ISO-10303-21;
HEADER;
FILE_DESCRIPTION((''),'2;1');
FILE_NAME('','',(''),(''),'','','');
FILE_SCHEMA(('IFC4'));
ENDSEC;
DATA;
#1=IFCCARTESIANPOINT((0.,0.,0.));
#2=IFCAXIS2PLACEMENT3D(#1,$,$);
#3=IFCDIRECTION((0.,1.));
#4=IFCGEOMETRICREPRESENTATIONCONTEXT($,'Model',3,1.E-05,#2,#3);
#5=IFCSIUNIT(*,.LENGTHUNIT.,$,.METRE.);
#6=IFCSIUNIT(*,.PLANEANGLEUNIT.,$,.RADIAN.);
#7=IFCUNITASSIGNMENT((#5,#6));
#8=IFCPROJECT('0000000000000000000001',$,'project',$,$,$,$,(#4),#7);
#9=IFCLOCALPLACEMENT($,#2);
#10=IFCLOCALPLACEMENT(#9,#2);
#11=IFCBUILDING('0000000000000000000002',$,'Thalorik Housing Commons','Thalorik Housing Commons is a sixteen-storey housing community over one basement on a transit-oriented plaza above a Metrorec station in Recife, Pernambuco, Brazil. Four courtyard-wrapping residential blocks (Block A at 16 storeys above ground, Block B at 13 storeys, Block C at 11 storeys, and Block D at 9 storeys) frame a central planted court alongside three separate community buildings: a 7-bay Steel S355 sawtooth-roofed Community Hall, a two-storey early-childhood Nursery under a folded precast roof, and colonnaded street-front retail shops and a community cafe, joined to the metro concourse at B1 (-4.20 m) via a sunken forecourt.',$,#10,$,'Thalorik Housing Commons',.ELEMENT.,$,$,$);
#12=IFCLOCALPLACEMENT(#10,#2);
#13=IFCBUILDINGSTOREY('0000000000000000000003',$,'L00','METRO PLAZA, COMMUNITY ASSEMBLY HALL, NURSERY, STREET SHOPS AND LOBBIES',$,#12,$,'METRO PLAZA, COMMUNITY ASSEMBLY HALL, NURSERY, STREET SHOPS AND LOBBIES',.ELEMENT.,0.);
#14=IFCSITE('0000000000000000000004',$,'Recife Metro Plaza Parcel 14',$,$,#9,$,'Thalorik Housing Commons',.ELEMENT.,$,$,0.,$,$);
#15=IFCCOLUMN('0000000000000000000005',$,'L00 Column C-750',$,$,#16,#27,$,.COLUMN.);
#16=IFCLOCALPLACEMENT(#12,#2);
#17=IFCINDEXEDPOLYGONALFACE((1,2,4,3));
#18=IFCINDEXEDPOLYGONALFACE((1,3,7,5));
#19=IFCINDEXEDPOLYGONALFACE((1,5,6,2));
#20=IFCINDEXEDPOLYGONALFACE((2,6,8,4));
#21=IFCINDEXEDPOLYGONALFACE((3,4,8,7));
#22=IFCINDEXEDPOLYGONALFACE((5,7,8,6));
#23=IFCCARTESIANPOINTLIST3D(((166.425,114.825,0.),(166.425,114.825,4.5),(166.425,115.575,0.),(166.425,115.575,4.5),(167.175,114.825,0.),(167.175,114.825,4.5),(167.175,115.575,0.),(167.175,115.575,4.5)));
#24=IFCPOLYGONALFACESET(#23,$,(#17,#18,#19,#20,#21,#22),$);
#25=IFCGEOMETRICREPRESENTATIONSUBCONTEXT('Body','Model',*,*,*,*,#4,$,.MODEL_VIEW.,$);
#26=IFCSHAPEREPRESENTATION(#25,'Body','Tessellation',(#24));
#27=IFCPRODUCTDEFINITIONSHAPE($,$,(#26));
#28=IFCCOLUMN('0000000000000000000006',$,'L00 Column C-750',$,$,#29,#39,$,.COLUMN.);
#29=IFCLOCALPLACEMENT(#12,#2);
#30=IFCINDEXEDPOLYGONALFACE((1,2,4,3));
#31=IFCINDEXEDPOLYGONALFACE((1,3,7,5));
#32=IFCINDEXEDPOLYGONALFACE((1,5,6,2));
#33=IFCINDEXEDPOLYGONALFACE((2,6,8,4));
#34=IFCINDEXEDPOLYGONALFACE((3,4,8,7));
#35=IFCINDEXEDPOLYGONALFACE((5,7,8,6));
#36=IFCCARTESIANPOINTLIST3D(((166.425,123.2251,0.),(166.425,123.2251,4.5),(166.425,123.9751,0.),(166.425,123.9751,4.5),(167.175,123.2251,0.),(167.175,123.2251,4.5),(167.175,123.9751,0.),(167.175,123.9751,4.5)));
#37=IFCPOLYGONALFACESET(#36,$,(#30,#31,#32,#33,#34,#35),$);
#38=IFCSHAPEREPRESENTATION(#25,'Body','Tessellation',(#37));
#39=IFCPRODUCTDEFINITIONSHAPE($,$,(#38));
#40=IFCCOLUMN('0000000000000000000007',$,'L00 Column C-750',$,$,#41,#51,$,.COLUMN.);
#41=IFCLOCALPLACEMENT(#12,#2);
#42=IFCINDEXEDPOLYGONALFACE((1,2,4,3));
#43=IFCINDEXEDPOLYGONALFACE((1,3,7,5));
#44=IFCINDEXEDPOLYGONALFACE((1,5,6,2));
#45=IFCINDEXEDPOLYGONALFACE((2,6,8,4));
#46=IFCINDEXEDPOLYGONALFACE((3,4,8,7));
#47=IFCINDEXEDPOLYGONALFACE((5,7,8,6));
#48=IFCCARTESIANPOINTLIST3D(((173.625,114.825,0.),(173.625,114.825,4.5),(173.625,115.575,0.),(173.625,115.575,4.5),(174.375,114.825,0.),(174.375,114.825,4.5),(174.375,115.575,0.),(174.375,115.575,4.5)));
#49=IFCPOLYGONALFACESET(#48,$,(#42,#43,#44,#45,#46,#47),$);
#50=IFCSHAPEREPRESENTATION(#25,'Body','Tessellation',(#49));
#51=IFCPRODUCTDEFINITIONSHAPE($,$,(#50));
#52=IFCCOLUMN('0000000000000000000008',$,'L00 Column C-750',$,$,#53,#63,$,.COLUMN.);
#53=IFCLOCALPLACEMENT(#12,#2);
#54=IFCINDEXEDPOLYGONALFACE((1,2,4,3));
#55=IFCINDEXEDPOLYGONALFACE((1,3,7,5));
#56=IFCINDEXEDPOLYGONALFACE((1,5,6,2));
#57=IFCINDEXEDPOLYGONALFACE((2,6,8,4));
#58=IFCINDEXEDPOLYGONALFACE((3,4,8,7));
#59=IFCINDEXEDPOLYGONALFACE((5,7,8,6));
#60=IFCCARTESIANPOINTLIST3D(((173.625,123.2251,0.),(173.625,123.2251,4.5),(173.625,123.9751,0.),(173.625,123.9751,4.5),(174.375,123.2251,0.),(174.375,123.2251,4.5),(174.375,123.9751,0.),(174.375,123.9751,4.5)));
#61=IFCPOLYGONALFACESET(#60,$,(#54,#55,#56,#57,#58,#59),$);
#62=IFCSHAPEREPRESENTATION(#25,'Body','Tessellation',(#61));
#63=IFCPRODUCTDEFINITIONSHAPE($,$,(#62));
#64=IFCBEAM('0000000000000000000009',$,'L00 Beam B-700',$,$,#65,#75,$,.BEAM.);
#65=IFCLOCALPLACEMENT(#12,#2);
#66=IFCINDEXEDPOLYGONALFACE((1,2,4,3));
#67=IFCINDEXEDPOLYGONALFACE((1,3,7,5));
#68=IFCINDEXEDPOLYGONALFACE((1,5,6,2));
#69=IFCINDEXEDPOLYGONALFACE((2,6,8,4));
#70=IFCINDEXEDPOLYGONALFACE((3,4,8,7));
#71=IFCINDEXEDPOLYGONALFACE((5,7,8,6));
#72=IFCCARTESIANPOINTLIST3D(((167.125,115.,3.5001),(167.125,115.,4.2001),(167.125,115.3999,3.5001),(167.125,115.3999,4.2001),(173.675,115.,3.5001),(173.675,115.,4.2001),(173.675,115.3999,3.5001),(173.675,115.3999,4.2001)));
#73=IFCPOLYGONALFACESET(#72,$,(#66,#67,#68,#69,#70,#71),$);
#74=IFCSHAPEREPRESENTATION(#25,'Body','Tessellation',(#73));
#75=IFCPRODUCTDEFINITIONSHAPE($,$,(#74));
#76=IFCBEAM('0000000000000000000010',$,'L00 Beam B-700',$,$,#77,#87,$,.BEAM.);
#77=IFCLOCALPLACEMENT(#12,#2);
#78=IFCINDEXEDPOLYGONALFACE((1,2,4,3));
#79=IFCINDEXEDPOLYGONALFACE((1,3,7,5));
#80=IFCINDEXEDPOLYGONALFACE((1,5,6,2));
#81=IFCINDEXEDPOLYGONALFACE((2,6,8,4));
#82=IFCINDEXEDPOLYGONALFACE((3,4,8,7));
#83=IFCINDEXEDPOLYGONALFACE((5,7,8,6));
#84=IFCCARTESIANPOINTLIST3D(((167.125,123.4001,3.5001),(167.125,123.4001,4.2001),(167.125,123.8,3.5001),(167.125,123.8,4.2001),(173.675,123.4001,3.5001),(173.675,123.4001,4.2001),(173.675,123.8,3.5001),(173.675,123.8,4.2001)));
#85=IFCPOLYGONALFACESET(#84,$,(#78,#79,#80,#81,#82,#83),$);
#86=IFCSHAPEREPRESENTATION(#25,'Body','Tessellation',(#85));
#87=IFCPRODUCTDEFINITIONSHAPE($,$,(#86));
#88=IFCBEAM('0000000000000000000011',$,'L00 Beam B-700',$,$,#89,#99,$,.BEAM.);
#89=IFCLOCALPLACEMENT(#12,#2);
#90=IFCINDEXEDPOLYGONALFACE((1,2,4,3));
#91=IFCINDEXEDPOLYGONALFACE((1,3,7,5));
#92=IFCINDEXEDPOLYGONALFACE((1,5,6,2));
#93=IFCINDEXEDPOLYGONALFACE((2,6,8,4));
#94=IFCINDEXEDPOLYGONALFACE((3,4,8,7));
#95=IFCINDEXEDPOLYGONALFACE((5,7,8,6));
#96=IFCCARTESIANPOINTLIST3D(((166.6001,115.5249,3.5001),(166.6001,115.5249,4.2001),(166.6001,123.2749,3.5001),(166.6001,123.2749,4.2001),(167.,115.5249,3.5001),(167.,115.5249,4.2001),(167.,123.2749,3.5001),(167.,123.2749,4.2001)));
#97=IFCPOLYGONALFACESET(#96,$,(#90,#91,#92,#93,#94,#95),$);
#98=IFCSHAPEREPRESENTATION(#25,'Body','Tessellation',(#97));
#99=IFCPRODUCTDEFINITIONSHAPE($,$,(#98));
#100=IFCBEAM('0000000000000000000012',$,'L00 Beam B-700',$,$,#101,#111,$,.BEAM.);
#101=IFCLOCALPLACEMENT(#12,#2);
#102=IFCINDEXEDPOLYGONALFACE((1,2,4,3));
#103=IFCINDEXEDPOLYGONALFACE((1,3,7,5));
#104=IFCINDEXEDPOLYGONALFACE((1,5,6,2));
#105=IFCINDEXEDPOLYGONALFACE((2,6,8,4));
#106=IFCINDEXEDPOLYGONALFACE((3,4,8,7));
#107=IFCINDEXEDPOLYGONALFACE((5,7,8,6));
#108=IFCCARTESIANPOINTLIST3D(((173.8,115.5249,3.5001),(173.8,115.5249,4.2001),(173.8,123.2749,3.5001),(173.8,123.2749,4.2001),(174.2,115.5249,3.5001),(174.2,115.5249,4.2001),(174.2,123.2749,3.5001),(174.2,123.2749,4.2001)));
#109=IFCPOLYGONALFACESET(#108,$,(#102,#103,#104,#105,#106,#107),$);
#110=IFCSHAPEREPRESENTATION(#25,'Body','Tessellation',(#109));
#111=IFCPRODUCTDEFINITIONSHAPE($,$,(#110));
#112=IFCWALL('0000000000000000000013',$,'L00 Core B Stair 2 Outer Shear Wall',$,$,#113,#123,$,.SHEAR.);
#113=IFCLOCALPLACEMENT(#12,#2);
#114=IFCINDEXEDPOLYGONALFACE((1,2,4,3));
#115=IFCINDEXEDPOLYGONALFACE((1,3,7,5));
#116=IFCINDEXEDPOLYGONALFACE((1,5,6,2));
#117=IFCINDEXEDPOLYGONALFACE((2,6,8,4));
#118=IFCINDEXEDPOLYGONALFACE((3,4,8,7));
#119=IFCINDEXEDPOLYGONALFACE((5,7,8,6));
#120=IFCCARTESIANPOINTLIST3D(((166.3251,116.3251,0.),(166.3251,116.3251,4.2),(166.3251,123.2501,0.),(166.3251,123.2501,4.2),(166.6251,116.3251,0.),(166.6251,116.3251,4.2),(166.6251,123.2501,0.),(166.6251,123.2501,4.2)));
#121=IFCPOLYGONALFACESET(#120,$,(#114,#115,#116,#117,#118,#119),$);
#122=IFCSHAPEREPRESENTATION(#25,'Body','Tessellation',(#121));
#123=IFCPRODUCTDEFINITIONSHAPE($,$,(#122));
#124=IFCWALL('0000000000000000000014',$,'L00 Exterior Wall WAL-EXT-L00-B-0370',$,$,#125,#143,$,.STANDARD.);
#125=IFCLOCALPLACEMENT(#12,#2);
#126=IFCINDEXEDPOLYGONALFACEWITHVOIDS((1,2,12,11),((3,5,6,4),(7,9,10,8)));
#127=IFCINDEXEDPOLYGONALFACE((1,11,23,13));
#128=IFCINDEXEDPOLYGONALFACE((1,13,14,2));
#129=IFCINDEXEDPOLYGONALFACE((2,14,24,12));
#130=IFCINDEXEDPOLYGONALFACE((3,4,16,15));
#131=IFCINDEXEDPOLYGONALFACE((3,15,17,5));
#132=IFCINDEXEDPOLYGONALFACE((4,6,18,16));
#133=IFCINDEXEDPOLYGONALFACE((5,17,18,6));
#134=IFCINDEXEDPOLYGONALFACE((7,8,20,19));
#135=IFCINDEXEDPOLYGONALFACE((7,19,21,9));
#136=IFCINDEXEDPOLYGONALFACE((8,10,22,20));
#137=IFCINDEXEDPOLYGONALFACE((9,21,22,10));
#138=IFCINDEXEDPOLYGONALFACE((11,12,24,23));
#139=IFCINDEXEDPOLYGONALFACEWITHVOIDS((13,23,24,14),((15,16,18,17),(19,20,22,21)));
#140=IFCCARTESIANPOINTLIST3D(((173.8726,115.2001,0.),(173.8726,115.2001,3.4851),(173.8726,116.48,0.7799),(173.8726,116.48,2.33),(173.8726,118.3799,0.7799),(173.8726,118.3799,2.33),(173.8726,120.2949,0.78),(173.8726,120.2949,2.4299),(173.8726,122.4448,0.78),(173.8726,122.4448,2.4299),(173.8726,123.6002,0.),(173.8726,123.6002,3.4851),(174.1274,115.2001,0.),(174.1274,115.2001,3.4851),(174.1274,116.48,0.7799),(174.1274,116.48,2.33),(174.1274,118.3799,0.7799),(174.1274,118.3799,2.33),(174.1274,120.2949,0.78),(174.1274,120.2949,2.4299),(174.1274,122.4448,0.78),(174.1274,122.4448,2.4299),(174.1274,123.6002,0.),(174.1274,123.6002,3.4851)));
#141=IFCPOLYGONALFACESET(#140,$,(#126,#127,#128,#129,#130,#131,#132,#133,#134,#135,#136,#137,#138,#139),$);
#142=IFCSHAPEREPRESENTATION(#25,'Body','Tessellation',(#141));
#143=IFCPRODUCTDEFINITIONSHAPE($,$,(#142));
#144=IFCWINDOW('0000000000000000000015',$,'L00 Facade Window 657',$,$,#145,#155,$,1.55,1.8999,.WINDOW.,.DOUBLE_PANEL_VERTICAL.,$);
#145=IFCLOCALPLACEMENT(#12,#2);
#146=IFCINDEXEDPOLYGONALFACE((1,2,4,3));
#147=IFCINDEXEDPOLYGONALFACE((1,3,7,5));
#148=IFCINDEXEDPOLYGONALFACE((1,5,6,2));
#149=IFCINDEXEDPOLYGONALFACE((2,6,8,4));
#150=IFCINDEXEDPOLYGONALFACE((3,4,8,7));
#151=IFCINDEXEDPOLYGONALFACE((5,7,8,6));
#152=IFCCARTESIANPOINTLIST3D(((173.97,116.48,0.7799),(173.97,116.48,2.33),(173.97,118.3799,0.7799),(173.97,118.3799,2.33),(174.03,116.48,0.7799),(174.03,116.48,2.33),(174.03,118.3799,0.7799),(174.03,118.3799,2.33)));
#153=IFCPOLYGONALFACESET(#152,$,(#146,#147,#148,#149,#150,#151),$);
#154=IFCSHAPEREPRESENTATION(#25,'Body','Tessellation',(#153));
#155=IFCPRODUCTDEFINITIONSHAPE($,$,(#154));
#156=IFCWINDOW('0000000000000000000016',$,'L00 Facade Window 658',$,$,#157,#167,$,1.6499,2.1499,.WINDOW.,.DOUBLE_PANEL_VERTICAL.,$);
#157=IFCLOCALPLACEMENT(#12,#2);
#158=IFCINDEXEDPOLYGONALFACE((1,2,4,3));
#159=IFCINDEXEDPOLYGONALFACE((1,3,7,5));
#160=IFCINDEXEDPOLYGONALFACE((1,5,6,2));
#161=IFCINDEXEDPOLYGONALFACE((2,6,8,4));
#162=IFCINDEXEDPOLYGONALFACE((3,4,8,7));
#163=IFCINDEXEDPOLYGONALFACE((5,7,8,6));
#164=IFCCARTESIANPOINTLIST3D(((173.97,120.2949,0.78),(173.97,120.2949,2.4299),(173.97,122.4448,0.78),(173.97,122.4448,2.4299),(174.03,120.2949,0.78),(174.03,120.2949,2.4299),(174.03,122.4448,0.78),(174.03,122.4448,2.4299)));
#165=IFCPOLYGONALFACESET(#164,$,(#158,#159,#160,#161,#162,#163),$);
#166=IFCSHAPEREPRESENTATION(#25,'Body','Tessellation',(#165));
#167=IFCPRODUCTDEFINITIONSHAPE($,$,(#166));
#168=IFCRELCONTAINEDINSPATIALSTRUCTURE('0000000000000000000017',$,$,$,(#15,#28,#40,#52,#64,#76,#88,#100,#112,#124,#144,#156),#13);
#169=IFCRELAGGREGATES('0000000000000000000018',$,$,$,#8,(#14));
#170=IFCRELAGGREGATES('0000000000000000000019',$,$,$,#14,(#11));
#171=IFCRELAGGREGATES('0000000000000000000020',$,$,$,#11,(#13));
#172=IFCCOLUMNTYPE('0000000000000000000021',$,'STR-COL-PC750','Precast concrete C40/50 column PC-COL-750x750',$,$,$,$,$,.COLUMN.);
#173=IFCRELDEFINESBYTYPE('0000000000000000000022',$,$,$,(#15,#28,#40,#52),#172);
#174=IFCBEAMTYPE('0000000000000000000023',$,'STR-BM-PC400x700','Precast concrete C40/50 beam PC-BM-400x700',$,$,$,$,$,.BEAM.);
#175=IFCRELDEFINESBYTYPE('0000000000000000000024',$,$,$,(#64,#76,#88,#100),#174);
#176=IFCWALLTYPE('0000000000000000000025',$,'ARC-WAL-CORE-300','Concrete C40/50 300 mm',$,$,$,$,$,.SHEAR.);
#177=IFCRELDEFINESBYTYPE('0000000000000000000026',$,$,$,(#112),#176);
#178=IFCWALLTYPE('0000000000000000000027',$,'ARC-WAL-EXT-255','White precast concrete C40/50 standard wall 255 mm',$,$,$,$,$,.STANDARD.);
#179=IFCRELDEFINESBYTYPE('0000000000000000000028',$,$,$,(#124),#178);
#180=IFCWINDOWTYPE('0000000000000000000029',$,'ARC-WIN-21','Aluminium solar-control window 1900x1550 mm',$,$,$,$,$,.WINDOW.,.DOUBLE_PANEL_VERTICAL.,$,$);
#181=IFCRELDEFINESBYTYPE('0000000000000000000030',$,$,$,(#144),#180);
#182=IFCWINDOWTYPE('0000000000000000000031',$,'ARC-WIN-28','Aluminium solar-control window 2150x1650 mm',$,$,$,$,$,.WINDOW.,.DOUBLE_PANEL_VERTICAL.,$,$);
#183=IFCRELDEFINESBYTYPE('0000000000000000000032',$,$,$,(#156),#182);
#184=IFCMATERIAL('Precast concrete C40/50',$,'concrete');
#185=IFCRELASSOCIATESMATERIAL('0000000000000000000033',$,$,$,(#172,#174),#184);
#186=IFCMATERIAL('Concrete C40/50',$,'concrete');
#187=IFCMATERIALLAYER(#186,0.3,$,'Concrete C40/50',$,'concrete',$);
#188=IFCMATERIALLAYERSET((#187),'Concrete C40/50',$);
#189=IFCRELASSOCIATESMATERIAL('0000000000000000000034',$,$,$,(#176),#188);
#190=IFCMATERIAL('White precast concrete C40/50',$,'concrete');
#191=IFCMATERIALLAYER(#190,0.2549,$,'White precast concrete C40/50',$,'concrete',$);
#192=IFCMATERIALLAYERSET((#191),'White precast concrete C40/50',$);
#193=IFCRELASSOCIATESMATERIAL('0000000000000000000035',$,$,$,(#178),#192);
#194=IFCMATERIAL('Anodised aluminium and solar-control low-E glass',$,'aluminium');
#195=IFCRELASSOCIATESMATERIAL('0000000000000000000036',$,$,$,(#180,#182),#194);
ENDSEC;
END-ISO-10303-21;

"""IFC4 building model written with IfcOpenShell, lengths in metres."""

from ifc_helpers import new_model, si_unit, direction, frame, frame_2d, origin, origin_2d, place, context, subcontext, project, spatial, rectangle, extrude, material, layer, layer_set, material_profile, profile_set, type_object, element, fill, save


model = new_model("IFC4")

# Units and contexts
model_context = context("Model", 3, precision=1e-05, world=origin(), true_north=direction((0.0, 1.0)))
body_context = subcontext(model_context, "Body", "Model", "MODEL_VIEW")
ifc_project = project(units=[si_unit("LENGTHUNIT", "METRE"), si_unit("PLANEANGLEUNIT", "RADIAN")], contexts=[model_context])

# Site, building, storey
site_placement = place(None, origin())
site = spatial("IfcSite", under=ifc_project, at=site_placement, Name="Recife Metro Plaza Parcel 14", LongName="Thalorik Housing Commons", CompositionType="ELEMENT", RefElevation=0.0)
building_placement = place(site_placement, origin())
building = spatial("IfcBuilding", under=site, at=building_placement, Name="Thalorik Housing Commons", Description="Thalorik Housing Commons is a sixteen-storey housing community over one basement on a transit-oriented plaza above a Metrorec station in Recife, Pernambuco, Brazil. Four courtyard-wrapping residential blocks (Block A at 16 storeys above ground, Block B at 13 storeys, Block C at 11 storeys, and Block D at 9 storeys) frame a central planted court alongside three separate community buildings: a 7-bay Steel S355 sawtooth-roofed Community Hall, a two-storey early-childhood Nursery under a folded precast roof, and colonnaded street-front retail shops and a community cafe, joined to the metro concourse at B1 (-4.20 m) via a sunken forecourt.", LongName="Thalorik Housing Commons", CompositionType="ELEMENT")
storey_placement = place(building_placement, origin())
storey = spatial("IfcBuildingStorey", under=building, at=storey_placement, Name="L00", Description="METRO PLAZA, COMMUNITY ASSEMBLY HALL, NURSERY, STREET SHOPS AND LOBBIES", LongName="METRO PLAZA, COMMUNITY ASSEMBLY HALL, NURSERY, STREET SHOPS AND LOBBIES", CompositionType="ELEMENT", Elevation=0.0)

# Columns
ifc_material_1 = material(Name="Precast concrete C40/50", Category="concrete")
ifc_material_profile_1 = material_profile(ifc_material_1, rectangle(XDim=0.75, YDim=0.75, at=origin_2d()), Name="PC 750x750", Category="concrete")
ifc_profile_set_1 = profile_set([ifc_material_profile_1], Name="Precast concrete C40/50")
column_type = type_object("IfcColumnType", Name="STR-COL-PC750", Description="Precast concrete C40/50 column PC-COL-750x750", PredefinedType="COLUMN", material=ifc_profile_set_1)
for number, where, z_axis, x_axis, name in (
    (1, (166.8, 115.2, 0.0), (0.0, 0.0, 1.0), (1.0, 0.0, 0.0), "L00 Column C-750"),
    (2, (166.8, 123.6001, 0.0), (0.0, 0.0, 1.0), (1.0, 0.0, 0.0), "L00 Column C-750"),
    (3, (174.0, 115.2, 0.0), (0.0, 0.0, 1.0), (1.0, 0.0, 0.0), "L00 Column C-750"),
    (4, (174.0, 123.6001, 0.0), (0.0, 0.0, 1.0), (1.0, 0.0, 0.0), "L00 Column C-750"),
):
    element("IfcColumn", number, at=place(storey_placement, frame(where, z_axis=z_axis, x_axis=x_axis)), inside=storey, type_object=column_type, Name=name, PredefinedType="COLUMN", context=body_context, shape_type="SweptSolid", body=[
        extrude(rectangle(XDim=0.75, YDim=0.75, at=origin_2d()), origin(), (0.0, 0.0, 1.0), 4.5),
    ])

# Beams
ifc_material_profile_2 = material_profile(ifc_material_1, rectangle(XDim=0.3999, YDim=0.7, at=origin_2d()), Name="PC 400x700", Category="concrete")
ifc_profile_set_2 = profile_set([ifc_material_profile_2], Name="Precast concrete C40/50")
beam_type = type_object("IfcBeamType", Name="STR-BM-PC400x700", Description="Precast concrete C40/50 beam PC-BM-400x700", PredefinedType="BEAM", material=ifc_profile_set_2)
for number, where, z_axis, x_axis, name in (
    (5, (167.125, 115.2, 3.8501), (1.0, 0.0, 0.0), (0.0, 1.0, 0.0), "L00 Beam B-700"),
    (6, (167.125, 123.6001, 3.8501), (1.0, 0.0, 0.0), (0.0, 1.0, 0.0), "L00 Beam B-700"),
):
    element("IfcBeam", number, at=place(storey_placement, frame(where, z_axis=z_axis, x_axis=x_axis)), inside=storey, type_object=beam_type, Name=name, PredefinedType="BEAM", context=body_context, shape_type="SweptSolid", body=[
        extrude(rectangle(XDim=0.3999, YDim=0.7, at=origin_2d()), origin(), (0.0, 0.0, 1.0), 6.55),
    ])
for number, where, z_axis, x_axis, name in (
    (7, (166.8, 115.5249, 3.8501), (0.0, 1.0, 0.0), (-1.0, 0.0, 0.0), "L00 Beam B-700"),
    (8, (174.0, 115.5249, 3.8501), (0.0, 1.0, 0.0), (-1.0, 0.0, 0.0), "L00 Beam B-700"),
):
    element("IfcBeam", number, at=place(storey_placement, frame(where, z_axis=z_axis, x_axis=x_axis)), inside=storey, type_object=beam_type, Name=name, PredefinedType="BEAM", context=body_context, shape_type="SweptSolid", body=[
        extrude(rectangle(XDim=0.3999, YDim=0.7, at=origin_2d()), origin(), (0.0, 0.0, 1.0), 7.75),
    ])

# Wall
ifc_material_2 = material(Name="Concrete C40/50", Category="concrete")
ifc_layer_1 = layer(ifc_material_2, 0.3, Name="Concrete C40/50", Category="concrete")
ifc_layer_set_1 = layer_set([ifc_layer_1], Name="Concrete C40/50")
wall_type_1 = type_object("IfcWallType", Name="ARC-WAL-CORE-300", Description="Concrete C40/50 300 mm", PredefinedType="SHEAR", material=ifc_layer_set_1)
wall_1_placement = place(storey_placement, frame((166.4751, 123.25, 0.0), z_axis=(0.0, 0.0, 1.0), x_axis=(0.0, -1.0, 0.0)))
element("IfcWall", 9, at=wall_1_placement, inside=storey, type_object=wall_type_1, Name="L00 Core B Stair 2 Outer Shear Wall", PredefinedType="SHEAR", context=body_context, shape_type="SweptSolid", body=[
    extrude(rectangle(XDim=6.925, YDim=0.3, at=frame_2d((3.4624, 0.0))), origin(), (0.0, 0.0, 1.0), 4.2),
])

# Wall, openings, windows
ifc_material_3 = material(Name="White precast concrete C40/50", Category="concrete")
ifc_layer_2 = layer(ifc_material_3, 0.2549, Name="White precast concrete C40/50", Category="concrete")
ifc_layer_set_2 = layer_set([ifc_layer_2], Name="White precast concrete C40/50")
wall_type_2 = type_object("IfcWallType", Name="ARC-WAL-EXT-255", Description="White precast concrete C40/50 standard wall 255 mm", PredefinedType="STANDARD", material=ifc_layer_set_2)
wall_2_placement = place(storey_placement, frame((174.0, 115.2, 0.0), z_axis=(0.0, 0.0, 1.0), x_axis=(0.0, 1.0, 0.0)))
wall_2 = element("IfcWall", 10, at=wall_2_placement, inside=storey, type_object=wall_type_2, Name="L00 Exterior Wall WAL-EXT-L00-B-0370", PredefinedType="STANDARD", context=body_context, shape_type="SweptSolid", body=[
    extrude(rectangle(XDim=8.4001, YDim=0.2549, at=frame_2d((4.2002, 0.0))), origin(), (0.0, 0.0, 1.0), 3.4851),
])
opening_1_placement = place(wall_2_placement, frame((1.28, 0.0, 0.78)))
opening_1 = element("IfcOpeningElement", 11, at=opening_1_placement, cuts=wall_2, PredefinedType="OPENING", context=body_context, shape_type="SweptSolid", body=[
    extrude(rectangle(XDim=1.8999, YDim=1.55, at=frame_2d((0.95, 0.7749))), frame((0.0, 0.1375, 0.0), z_axis=(0.0, -1.0, 0.0), x_axis=(1.0, 0.0, 0.0)), (0.0, 0.0, 1.0), 0.2749),
])
opening_2_placement = place(wall_2_placement, frame((5.095, 0.0, 0.78)))
opening_2 = element("IfcOpeningElement", 12, at=opening_2_placement, cuts=wall_2, PredefinedType="OPENING", context=body_context, shape_type="SweptSolid", body=[
    extrude(rectangle(XDim=2.1499, YDim=1.6499, at=frame_2d((1.075, 0.825))), frame((0.0, 0.1375, 0.0), z_axis=(0.0, -1.0, 0.0), x_axis=(1.0, 0.0, 0.0)), (0.0, 0.0, 1.0), 0.2749),
])
ifc_material_4 = material(Name="Anodised aluminium and solar-control low-E glass", Category="aluminium")
window_type_1 = type_object("IfcWindowType", Name="ARC-WIN-21", Description="Aluminium solar-control window 1900x1550 mm", PartitioningType="DOUBLE_PANEL_VERTICAL", PredefinedType="WINDOW", material=ifc_material_4)
window_1_placement = place(opening_1_placement, origin())
window_1 = element("IfcWindow", 13, at=window_1_placement, inside=storey, type_object=window_type_1, Name="L00 Facade Window 657", OverallHeight=1.55, OverallWidth=1.8999, PartitioningType="DOUBLE_PANEL_VERTICAL", PredefinedType="WINDOW", context=body_context, shape_type="SweptSolid", body=[
    extrude(rectangle(XDim=1.8999, YDim=1.55, at=frame_2d((0.95, 0.7749))), frame((0.0, 0.03, 0.0), z_axis=(0.0, -1.0, 0.0), x_axis=(1.0, 0.0, 0.0)), (0.0, 0.0, 1.0), 0.0601),
])
fill(opening_1, window_1)
window_type_2 = type_object("IfcWindowType", Name="ARC-WIN-28", Description="Aluminium solar-control window 2150x1650 mm", PartitioningType="DOUBLE_PANEL_VERTICAL", PredefinedType="WINDOW", material=ifc_material_4)
window_2_placement = place(opening_2_placement, origin())
window_2 = element("IfcWindow", 14, at=window_2_placement, inside=storey, type_object=window_type_2, Name="L00 Facade Window 658", OverallHeight=1.6499, OverallWidth=2.1499, PartitioningType="DOUBLE_PANEL_VERTICAL", PredefinedType="WINDOW", context=body_context, shape_type="SweptSolid", body=[
    extrude(rectangle(XDim=2.1499, YDim=1.6499, at=frame_2d((1.075, 0.825))), frame((0.0, 0.03, 0.0), z_axis=(0.0, -1.0, 0.0), x_axis=(1.0, 0.0, 0.0)), (0.0, 0.0, 1.0), 0.0601),
])
fill(opening_2, window_2)

save(model, "model.ifc")
